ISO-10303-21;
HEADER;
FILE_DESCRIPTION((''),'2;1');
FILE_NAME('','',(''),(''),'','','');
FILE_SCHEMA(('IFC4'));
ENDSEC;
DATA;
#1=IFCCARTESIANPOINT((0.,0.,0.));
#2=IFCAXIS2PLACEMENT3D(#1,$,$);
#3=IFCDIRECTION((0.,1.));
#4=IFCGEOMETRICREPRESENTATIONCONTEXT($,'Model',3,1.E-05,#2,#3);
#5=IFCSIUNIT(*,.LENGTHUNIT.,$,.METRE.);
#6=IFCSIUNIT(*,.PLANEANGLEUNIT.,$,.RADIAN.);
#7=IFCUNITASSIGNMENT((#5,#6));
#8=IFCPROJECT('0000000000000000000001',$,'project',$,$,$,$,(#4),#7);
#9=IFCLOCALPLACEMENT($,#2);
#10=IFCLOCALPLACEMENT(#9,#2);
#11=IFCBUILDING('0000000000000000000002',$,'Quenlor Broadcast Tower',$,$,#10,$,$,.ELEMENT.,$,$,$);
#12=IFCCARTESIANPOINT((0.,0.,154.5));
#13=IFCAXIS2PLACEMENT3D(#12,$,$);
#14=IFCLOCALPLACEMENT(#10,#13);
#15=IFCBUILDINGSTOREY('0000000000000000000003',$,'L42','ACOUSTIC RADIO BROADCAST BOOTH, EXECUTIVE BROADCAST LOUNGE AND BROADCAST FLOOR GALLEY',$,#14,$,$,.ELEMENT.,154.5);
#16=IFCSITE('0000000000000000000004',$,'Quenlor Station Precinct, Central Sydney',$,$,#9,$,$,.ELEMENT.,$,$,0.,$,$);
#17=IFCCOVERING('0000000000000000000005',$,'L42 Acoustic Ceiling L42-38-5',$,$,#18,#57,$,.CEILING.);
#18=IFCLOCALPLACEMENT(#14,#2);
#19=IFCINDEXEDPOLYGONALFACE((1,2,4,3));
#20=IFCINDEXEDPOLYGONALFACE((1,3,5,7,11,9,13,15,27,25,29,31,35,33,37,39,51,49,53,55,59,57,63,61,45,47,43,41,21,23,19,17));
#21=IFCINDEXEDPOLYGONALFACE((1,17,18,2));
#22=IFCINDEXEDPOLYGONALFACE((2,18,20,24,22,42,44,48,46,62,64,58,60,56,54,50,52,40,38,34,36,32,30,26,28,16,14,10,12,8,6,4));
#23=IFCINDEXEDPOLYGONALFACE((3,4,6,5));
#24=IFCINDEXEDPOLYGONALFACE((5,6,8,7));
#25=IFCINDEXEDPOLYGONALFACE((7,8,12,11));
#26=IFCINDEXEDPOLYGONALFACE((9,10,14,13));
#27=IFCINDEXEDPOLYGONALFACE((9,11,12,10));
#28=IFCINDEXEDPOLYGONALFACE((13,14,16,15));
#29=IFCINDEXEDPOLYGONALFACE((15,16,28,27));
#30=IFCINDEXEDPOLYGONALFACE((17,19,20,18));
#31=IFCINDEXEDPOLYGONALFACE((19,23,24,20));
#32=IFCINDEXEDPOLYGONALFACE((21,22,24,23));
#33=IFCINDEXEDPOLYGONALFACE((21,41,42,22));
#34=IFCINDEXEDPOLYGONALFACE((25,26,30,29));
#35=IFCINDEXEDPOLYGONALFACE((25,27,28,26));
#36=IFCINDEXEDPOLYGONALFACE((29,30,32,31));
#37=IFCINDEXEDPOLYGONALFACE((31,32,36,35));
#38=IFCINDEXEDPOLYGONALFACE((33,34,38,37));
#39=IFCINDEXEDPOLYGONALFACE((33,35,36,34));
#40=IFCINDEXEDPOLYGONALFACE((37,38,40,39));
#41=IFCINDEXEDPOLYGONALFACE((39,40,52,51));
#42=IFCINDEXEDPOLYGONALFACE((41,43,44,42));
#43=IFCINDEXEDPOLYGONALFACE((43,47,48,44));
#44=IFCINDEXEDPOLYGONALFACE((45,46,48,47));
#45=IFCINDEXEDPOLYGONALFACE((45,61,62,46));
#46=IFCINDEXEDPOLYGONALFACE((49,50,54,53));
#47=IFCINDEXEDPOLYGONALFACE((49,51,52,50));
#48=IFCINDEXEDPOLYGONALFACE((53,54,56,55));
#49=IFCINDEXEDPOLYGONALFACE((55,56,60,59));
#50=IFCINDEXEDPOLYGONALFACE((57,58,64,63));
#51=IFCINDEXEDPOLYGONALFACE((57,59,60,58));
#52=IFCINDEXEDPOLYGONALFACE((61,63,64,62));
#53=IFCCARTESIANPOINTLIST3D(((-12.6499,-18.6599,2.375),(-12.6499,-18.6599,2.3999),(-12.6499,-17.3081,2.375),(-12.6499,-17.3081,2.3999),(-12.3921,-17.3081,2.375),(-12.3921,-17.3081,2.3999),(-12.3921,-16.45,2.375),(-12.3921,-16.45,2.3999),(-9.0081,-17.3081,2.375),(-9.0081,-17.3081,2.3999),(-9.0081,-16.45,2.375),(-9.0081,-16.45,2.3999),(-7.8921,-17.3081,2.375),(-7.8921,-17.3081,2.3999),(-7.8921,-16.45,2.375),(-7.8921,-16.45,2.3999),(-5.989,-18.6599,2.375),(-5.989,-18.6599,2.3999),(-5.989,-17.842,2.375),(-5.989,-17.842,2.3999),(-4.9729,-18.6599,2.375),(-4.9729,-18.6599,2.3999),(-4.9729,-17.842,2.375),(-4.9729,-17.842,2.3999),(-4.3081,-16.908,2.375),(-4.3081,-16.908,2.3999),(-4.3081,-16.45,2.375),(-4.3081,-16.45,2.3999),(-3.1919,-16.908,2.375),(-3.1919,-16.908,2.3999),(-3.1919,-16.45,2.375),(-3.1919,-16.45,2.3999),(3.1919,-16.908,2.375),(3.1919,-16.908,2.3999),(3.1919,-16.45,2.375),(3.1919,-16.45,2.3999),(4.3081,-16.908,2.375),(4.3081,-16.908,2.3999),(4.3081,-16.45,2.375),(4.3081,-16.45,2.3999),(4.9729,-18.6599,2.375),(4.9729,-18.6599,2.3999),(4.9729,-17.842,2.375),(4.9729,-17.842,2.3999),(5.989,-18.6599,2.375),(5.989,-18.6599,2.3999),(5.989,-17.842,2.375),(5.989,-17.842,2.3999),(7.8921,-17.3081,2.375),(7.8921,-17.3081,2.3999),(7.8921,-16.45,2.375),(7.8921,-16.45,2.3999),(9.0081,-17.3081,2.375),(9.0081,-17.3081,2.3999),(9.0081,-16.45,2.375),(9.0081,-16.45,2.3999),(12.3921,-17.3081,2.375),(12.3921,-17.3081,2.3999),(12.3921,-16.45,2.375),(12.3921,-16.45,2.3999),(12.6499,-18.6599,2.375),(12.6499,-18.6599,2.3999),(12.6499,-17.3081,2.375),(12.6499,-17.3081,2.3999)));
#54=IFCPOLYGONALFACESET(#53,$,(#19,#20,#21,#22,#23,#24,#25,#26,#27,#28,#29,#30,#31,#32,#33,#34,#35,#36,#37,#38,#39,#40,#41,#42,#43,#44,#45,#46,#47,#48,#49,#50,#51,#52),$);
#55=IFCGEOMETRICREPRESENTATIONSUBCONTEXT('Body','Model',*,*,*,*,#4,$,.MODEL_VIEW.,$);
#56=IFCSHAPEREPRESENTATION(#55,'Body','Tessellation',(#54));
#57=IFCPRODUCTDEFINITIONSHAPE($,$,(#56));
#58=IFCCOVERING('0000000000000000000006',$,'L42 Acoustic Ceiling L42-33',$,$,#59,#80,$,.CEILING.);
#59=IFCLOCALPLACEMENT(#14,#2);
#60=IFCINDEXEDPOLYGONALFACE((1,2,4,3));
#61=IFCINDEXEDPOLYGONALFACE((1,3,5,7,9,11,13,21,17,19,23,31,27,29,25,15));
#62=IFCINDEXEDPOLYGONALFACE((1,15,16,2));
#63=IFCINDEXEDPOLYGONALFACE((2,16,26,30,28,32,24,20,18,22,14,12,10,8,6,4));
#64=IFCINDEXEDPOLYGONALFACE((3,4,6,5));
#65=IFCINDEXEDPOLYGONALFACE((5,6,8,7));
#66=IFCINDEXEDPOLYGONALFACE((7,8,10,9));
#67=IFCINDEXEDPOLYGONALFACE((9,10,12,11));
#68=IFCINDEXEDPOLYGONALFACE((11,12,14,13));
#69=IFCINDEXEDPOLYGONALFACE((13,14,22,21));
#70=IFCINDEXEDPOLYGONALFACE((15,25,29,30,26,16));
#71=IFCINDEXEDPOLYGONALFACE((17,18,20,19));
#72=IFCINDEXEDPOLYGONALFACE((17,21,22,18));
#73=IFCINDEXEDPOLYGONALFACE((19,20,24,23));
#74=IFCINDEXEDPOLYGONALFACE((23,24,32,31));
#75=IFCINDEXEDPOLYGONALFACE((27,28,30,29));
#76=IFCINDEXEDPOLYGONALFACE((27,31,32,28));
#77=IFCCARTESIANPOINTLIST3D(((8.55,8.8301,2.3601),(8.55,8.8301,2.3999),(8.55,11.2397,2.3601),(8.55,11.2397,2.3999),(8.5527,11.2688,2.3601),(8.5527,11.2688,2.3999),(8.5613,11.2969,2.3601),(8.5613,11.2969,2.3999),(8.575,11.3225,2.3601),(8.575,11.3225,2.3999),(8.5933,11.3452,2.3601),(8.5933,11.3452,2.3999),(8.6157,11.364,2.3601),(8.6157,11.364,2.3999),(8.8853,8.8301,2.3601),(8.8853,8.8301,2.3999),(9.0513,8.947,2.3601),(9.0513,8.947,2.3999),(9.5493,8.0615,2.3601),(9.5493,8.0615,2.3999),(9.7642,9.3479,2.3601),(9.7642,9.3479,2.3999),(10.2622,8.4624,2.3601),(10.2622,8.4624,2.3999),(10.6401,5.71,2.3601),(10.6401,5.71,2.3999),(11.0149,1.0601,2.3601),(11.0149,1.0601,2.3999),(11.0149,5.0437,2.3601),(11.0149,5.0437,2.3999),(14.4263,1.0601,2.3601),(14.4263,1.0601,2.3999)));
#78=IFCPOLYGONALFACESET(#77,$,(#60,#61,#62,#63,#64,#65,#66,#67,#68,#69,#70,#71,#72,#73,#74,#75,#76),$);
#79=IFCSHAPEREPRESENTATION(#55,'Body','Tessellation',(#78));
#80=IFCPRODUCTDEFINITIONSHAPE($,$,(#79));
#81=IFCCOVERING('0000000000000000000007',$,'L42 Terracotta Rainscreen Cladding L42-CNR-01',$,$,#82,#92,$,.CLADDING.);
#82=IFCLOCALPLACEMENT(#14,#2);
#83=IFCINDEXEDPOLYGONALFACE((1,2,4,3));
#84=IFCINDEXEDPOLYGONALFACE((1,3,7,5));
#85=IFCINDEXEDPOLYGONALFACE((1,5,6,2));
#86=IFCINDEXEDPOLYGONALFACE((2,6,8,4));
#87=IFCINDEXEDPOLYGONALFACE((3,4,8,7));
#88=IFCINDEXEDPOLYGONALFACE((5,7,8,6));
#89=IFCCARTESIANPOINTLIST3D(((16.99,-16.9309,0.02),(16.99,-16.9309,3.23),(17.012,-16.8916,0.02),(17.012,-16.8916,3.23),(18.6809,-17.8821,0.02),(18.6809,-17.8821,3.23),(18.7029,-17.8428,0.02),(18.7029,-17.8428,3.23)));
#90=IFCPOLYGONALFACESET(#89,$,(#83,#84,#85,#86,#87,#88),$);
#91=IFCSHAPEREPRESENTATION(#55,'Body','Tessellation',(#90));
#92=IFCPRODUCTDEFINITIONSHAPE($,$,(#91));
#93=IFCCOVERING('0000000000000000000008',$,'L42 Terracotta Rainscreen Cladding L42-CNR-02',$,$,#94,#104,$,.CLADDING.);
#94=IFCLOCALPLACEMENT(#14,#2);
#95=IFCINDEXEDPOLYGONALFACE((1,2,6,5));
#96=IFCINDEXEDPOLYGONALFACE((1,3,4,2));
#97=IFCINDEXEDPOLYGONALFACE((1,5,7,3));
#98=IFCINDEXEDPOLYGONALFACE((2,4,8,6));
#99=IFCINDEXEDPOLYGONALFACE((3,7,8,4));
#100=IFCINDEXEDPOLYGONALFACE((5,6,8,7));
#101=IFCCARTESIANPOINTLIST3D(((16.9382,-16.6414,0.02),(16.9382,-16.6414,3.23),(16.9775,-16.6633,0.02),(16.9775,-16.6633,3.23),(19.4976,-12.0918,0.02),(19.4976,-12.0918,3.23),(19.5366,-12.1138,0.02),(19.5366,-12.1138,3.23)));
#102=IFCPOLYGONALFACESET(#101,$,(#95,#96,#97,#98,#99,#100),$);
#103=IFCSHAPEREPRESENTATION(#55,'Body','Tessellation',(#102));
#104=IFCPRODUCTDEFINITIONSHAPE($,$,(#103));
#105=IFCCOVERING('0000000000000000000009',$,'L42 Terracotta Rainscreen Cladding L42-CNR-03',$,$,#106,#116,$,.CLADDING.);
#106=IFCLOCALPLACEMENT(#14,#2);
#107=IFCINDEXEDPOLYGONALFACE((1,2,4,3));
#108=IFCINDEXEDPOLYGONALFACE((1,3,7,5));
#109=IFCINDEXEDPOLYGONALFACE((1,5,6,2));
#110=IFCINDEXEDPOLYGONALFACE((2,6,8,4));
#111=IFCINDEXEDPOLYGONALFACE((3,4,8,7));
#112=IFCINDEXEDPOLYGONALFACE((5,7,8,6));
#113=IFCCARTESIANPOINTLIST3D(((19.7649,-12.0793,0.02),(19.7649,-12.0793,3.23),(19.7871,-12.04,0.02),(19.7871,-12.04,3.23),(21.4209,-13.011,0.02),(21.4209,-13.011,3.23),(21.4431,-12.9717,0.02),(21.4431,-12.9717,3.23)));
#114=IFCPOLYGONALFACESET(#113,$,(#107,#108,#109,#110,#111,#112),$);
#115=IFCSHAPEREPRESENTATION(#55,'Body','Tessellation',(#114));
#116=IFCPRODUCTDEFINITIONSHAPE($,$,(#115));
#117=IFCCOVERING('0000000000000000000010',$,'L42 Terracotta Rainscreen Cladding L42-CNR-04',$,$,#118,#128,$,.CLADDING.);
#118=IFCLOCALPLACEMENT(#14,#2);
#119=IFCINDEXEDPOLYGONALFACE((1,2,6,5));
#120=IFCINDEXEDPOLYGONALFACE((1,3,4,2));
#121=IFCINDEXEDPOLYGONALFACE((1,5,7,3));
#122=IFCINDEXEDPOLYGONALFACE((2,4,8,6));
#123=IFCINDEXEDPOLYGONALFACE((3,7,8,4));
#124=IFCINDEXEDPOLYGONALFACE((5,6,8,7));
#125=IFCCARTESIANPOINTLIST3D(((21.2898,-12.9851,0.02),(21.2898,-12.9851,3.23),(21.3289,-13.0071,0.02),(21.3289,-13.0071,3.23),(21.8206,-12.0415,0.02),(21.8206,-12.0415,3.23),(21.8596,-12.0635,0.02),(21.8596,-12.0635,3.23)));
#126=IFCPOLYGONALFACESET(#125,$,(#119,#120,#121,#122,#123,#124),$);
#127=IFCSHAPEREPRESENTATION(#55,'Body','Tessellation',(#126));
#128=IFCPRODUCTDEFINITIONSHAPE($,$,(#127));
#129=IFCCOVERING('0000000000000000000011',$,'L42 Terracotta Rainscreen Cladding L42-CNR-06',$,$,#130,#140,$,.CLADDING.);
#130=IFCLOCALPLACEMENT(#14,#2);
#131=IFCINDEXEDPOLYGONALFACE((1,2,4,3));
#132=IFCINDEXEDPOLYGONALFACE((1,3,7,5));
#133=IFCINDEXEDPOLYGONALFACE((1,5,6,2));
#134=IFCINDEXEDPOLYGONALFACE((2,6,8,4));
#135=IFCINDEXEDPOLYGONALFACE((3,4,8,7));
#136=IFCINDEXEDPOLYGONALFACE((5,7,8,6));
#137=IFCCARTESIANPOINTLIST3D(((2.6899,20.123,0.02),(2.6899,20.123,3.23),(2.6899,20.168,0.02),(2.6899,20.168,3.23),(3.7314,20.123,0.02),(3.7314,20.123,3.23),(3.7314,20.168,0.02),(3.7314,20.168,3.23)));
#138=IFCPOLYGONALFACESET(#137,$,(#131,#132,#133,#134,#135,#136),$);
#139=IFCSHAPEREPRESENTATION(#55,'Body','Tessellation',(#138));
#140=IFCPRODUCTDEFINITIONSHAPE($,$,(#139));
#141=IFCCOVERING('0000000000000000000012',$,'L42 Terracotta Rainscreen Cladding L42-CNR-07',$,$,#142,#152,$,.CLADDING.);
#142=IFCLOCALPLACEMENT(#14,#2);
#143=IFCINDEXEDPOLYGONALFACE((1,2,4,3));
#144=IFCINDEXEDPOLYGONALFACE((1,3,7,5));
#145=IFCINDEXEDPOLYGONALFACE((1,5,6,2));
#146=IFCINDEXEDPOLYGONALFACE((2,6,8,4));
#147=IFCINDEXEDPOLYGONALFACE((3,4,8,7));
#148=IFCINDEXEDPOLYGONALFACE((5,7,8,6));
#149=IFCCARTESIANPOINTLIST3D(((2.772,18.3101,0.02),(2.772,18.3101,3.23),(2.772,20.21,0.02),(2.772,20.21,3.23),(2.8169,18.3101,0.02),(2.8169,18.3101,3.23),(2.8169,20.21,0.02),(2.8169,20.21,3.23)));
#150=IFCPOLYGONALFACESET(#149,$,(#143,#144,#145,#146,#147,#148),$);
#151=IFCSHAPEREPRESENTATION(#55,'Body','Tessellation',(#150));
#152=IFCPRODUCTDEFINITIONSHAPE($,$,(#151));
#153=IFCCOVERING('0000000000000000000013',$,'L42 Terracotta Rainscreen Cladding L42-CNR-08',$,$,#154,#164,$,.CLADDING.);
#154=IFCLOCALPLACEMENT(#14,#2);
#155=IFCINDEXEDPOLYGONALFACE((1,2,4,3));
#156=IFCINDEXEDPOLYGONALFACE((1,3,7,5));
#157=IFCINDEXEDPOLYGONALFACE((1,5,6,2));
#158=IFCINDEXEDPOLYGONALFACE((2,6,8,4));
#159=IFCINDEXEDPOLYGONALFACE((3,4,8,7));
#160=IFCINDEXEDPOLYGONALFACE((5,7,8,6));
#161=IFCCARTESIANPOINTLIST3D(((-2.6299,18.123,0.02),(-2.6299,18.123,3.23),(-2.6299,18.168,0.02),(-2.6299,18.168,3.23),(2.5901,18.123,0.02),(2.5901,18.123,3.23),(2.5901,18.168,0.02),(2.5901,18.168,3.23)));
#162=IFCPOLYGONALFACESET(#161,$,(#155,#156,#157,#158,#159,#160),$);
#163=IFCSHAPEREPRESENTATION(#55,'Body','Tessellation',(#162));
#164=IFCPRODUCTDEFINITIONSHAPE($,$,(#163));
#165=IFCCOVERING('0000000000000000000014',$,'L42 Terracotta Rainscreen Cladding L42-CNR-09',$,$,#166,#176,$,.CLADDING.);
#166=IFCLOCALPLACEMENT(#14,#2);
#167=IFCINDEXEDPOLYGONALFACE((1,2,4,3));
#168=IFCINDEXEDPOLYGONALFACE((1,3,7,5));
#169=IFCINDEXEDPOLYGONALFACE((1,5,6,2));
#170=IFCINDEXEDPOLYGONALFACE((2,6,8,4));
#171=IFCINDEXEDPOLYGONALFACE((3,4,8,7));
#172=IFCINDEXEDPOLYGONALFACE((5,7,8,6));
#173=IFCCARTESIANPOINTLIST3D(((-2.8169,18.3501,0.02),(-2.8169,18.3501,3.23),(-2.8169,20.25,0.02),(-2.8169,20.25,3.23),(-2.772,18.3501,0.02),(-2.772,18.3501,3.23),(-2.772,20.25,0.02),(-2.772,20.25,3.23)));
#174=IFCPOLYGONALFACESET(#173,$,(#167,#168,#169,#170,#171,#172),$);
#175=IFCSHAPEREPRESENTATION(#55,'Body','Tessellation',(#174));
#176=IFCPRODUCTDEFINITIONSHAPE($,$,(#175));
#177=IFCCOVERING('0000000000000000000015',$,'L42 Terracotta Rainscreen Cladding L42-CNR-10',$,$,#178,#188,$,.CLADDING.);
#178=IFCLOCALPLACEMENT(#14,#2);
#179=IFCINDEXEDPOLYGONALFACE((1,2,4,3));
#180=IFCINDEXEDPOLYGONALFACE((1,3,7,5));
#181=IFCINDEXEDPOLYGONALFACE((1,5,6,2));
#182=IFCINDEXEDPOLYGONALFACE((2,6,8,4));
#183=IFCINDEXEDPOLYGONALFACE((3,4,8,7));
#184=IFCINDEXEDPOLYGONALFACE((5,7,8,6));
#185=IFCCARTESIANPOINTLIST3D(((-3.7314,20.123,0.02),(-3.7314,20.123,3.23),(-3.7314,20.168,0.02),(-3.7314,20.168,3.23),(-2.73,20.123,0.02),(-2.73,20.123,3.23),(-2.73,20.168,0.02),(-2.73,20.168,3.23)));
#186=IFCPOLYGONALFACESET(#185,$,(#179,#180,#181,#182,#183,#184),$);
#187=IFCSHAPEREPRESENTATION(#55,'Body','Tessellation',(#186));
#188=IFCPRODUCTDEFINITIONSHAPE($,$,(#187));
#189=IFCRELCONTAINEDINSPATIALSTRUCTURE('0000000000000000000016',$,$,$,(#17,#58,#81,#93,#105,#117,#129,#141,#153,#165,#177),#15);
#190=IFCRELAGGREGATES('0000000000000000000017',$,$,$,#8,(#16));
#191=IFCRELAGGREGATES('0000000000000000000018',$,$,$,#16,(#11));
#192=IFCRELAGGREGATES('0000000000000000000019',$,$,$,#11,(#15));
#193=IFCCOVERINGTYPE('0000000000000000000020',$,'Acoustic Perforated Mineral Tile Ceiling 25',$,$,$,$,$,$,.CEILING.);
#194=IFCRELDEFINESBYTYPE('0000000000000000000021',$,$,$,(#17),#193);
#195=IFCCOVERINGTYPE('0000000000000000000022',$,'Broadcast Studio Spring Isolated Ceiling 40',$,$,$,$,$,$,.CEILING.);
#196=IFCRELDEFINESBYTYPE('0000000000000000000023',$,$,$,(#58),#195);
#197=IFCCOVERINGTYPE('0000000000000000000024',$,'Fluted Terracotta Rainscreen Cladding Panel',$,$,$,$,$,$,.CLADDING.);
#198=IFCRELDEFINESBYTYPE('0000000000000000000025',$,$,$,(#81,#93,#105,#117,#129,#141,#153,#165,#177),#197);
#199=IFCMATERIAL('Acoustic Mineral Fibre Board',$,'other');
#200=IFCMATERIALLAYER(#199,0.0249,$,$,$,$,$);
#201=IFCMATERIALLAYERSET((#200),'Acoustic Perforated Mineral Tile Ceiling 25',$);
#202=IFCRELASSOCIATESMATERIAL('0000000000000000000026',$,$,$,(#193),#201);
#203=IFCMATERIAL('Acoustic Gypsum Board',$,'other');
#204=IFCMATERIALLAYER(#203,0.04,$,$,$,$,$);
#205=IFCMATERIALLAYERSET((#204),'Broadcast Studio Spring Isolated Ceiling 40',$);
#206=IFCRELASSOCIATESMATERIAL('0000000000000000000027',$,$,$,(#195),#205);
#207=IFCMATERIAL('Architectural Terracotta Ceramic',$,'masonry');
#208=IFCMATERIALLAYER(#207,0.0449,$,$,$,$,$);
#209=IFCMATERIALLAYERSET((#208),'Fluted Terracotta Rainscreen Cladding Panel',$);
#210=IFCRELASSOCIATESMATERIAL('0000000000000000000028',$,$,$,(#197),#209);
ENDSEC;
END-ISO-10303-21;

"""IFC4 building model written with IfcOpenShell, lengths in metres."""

from ifc_helpers import new_model, si_unit, direction, frame, origin, place, context, subcontext, project, spatial, polyline, outline, extrude, material, layer, layer_set, type_object, element, save


model = new_model("IFC4")

# Units and contexts
model_context = context("Model", 3, precision=1e-05, world=origin(), true_north=direction((0.0, 1.0)))
body_context = subcontext(model_context, "Body", "Model", "MODEL_VIEW")
ifc_project = project(units=[si_unit("LENGTHUNIT", "METRE"), si_unit("PLANEANGLEUNIT", "RADIAN")], contexts=[model_context])

# Site, building, storey
site_placement = place(None, origin())
site = spatial("IfcSite", under=ifc_project, at=site_placement, Name="Quenlor Station Precinct, Central Sydney", CompositionType="ELEMENT", RefElevation=0.0)
building_placement = place(site_placement, origin())
building = spatial("IfcBuilding", under=site, at=building_placement, Name="Quenlor Broadcast Tower", CompositionType="ELEMENT")
storey_placement = place(building_placement, frame((0.0, 0.0, 154.5)))
storey = spatial("IfcBuildingStorey", under=building, at=storey_placement, Name="L42", Description="ACOUSTIC RADIO BROADCAST BOOTH, EXECUTIVE BROADCAST LOUNGE AND BROADCAST FLOOR GALLEY", CompositionType="ELEMENT", Elevation=154.5)

# Coverings
ifc_material_1 = material(Name="Acoustic Mineral Fibre Board", Category="other")
ifc_layer_1 = layer(ifc_material_1, 0.0249)
ifc_layer_set_1 = layer_set([ifc_layer_1], Name="Acoustic Perforated Mineral Tile Ceiling 25")
covering_type_1 = type_object("IfcCoveringType", Name="Acoustic Perforated Mineral Tile Ceiling 25", PredefinedType="CEILING", material=ifc_layer_set_1)
covering_1_placement = place(storey_placement, frame((0.0, 0.0, 2.375)))
element("IfcCovering", 1, at=covering_1_placement, inside=storey, type_object=covering_type_1, Name="L42 Acoustic Ceiling L42-38-5", PredefinedType="CEILING", context=body_context, shape_type="SweptSolid", body=[
    extrude(outline(polyline([(-12.3921, -17.3081), (-12.3921, -16.45), (-9.0081, -16.45), (-9.0081, -17.3081), (-7.8921, -17.3081), (-7.8921, -16.45), (-4.3081, -16.45), (-4.3081, -16.908), (-3.1919, -16.908), (-3.1919, -16.45), (3.1919, -16.45), (3.1919, -16.908), (4.3081, -16.908), (4.3081, -16.45), (7.8921, -16.45), (7.8921, -17.3081), (9.0081, -17.3081), (9.0081, -16.45), (12.3921, -16.45), (12.3921, -17.3081), (12.6499, -17.3081), (12.6499, -18.6599), (5.989, -18.6599), (5.989, -17.842), (4.9729, -17.842), (4.9729, -18.6599), (-4.9729, -18.6599), (-4.9729, -17.842), (-5.989, -17.842), (-5.989, -18.6599), (-12.6499, -18.6599), (-12.6499, -17.3081), (-12.3921, -17.3081)])), origin(), (0.0, 0.0, 1.0), 0.0249),
])
ifc_material_2 = material(Name="Acoustic Gypsum Board", Category="other")
ifc_layer_2 = layer(ifc_material_2, 0.04)
ifc_layer_set_2 = layer_set([ifc_layer_2], Name="Broadcast Studio Spring Isolated Ceiling 40")
covering_type_2 = type_object("IfcCoveringType", Name="Broadcast Studio Spring Isolated Ceiling 40", PredefinedType="CEILING", material=ifc_layer_set_2)
covering_2_placement = place(storey_placement, frame((0.0, 0.0, 2.3601)))
element("IfcCovering", 2, at=covering_2_placement, inside=storey, type_object=covering_type_2, Name="L42 Acoustic Ceiling L42-33", PredefinedType="CEILING", context=body_context, shape_type="SweptSolid", body=[
    extrude(outline(polyline([(8.55, 8.8301), (8.55, 11.2397), (8.5527, 11.2688), (8.5613, 11.2969), (8.575, 11.3225), (8.5933, 11.3452), (8.6157, 11.364), (9.7642, 9.3479), (9.0513, 8.947), (9.5493, 8.0615), (10.2622, 8.4624), (14.4263, 1.0601), (11.0149, 1.0601), (11.0149, 5.0437), (10.6401, 5.71), (8.8853, 8.8301), (8.55, 8.8301)])), origin(), (0.0, 0.0, 1.0), 0.0398),
])
ifc_material_3 = material(Name="Architectural Terracotta Ceramic", Category="masonry")
ifc_layer_3 = layer(ifc_material_3, 0.0449)
ifc_layer_set_3 = layer_set([ifc_layer_3], Name="Fluted Terracotta Rainscreen Cladding Panel")
covering_type_3 = type_object("IfcCoveringType", Name="Fluted Terracotta Rainscreen Cladding Panel", PredefinedType="CLADDING", material=ifc_layer_set_3)
covering_3_placement = place(storey_placement, frame((0.0, 0.0, 0.02)))
element("IfcCovering", 3, at=covering_3_placement, inside=storey, type_object=covering_type_3, Name="L42 Terracotta Rainscreen Cladding L42-CNR-01", PredefinedType="CLADDING", context=body_context, shape_type="SweptSolid", body=[
    extrude(outline(polyline([(18.7029, -17.8428), (17.012, -16.8916), (16.99, -16.9309), (18.6809, -17.8821), (18.7029, -17.8428)])), origin(), (0.0, 0.0, 1.0), 3.21),
])
covering_4_placement = place(storey_placement, frame((0.0, 0.0, 0.02)))
element("IfcCovering", 4, at=covering_4_placement, inside=storey, type_object=covering_type_3, Name="L42 Terracotta Rainscreen Cladding L42-CNR-02", PredefinedType="CLADDING", context=body_context, shape_type="SweptSolid", body=[
    extrude(outline(polyline([(16.9775, -16.6633), (19.5366, -12.1138), (19.4976, -12.0918), (16.9382, -16.6414), (16.9775, -16.6633)])), origin(), (0.0, 0.0, 1.0), 3.21),
])
covering_5_placement = place(storey_placement, frame((0.0, 0.0, 0.02)))
element("IfcCovering", 5, at=covering_5_placement, inside=storey, type_object=covering_type_3, Name="L42 Terracotta Rainscreen Cladding L42-CNR-03", PredefinedType="CLADDING", context=body_context, shape_type="SweptSolid", body=[
    extrude(outline(polyline([(19.7649, -12.0793), (21.4209, -13.011), (21.4431, -12.9717), (19.7871, -12.04), (19.7649, -12.0793)])), origin(), (0.0, 0.0, 1.0), 3.21),
])
covering_6_placement = place(storey_placement, frame((0.0, 0.0, 0.02)))
element("IfcCovering", 6, at=covering_6_placement, inside=storey, type_object=covering_type_3, Name="L42 Terracotta Rainscreen Cladding L42-CNR-04", PredefinedType="CLADDING", context=body_context, shape_type="SweptSolid", body=[
    extrude(outline(polyline([(21.3289, -13.0071), (21.8596, -12.0635), (21.8206, -12.0415), (21.2898, -12.9851), (21.3289, -13.0071)])), origin(), (0.0, 0.0, 1.0), 3.21),
])
covering_7_placement = place(storey_placement, frame((0.0, 0.0, 0.02)))
element("IfcCovering", 7, at=covering_7_placement, inside=storey, type_object=covering_type_3, Name="L42 Terracotta Rainscreen Cladding L42-CNR-06", PredefinedType="CLADDING", context=body_context, shape_type="SweptSolid", body=[
    extrude(outline(polyline([(3.7314, 20.168), (2.6899, 20.168), (2.6899, 20.123), (3.7314, 20.123), (3.7314, 20.168)])), origin(), (0.0, 0.0, 1.0), 3.21),
])
covering_8_placement = place(storey_placement, frame((0.0, 0.0, 0.02)))
element("IfcCovering", 8, at=covering_8_placement, inside=storey, type_object=covering_type_3, Name="L42 Terracotta Rainscreen Cladding L42-CNR-07", PredefinedType="CLADDING", context=body_context, shape_type="SweptSolid", body=[
    extrude(outline(polyline([(2.772, 20.21), (2.772, 18.3101), (2.8169, 18.3101), (2.8169, 20.21), (2.772, 20.21)])), origin(), (0.0, 0.0, 1.0), 3.21),
])
covering_9_placement = place(storey_placement, frame((0.0, 0.0, 0.02)))
element("IfcCovering", 9, at=covering_9_placement, inside=storey, type_object=covering_type_3, Name="L42 Terracotta Rainscreen Cladding L42-CNR-08", PredefinedType="CLADDING", context=body_context, shape_type="SweptSolid", body=[
    extrude(outline(polyline([(2.5901, 18.168), (-2.6299, 18.168), (-2.6299, 18.123), (2.5901, 18.123), (2.5901, 18.168)])), origin(), (0.0, 0.0, 1.0), 3.21),
])
covering_10_placement = place(storey_placement, frame((0.0, 0.0, 0.02)))
element("IfcCovering", 10, at=covering_10_placement, inside=storey, type_object=covering_type_3, Name="L42 Terracotta Rainscreen Cladding L42-CNR-09", PredefinedType="CLADDING", context=body_context, shape_type="SweptSolid", body=[
    extrude(outline(polyline([(-2.772, 18.3501), (-2.772, 20.25), (-2.8169, 20.25), (-2.8169, 18.3501), (-2.772, 18.3501)])), origin(), (0.0, 0.0, 1.0), 3.21),
])
covering_11_placement = place(storey_placement, frame((0.0, 0.0, 0.02)))
element("IfcCovering", 11, at=covering_11_placement, inside=storey, type_object=covering_type_3, Name="L42 Terracotta Rainscreen Cladding L42-CNR-10", PredefinedType="CLADDING", context=body_context, shape_type="SweptSolid", body=[
    extrude(outline(polyline([(-2.73, 20.168), (-3.7314, 20.168), (-3.7314, 20.123), (-2.73, 20.123), (-2.73, 20.168)])), origin(), (0.0, 0.0, 1.0), 3.21),
])

save(model, "model.ifc")
